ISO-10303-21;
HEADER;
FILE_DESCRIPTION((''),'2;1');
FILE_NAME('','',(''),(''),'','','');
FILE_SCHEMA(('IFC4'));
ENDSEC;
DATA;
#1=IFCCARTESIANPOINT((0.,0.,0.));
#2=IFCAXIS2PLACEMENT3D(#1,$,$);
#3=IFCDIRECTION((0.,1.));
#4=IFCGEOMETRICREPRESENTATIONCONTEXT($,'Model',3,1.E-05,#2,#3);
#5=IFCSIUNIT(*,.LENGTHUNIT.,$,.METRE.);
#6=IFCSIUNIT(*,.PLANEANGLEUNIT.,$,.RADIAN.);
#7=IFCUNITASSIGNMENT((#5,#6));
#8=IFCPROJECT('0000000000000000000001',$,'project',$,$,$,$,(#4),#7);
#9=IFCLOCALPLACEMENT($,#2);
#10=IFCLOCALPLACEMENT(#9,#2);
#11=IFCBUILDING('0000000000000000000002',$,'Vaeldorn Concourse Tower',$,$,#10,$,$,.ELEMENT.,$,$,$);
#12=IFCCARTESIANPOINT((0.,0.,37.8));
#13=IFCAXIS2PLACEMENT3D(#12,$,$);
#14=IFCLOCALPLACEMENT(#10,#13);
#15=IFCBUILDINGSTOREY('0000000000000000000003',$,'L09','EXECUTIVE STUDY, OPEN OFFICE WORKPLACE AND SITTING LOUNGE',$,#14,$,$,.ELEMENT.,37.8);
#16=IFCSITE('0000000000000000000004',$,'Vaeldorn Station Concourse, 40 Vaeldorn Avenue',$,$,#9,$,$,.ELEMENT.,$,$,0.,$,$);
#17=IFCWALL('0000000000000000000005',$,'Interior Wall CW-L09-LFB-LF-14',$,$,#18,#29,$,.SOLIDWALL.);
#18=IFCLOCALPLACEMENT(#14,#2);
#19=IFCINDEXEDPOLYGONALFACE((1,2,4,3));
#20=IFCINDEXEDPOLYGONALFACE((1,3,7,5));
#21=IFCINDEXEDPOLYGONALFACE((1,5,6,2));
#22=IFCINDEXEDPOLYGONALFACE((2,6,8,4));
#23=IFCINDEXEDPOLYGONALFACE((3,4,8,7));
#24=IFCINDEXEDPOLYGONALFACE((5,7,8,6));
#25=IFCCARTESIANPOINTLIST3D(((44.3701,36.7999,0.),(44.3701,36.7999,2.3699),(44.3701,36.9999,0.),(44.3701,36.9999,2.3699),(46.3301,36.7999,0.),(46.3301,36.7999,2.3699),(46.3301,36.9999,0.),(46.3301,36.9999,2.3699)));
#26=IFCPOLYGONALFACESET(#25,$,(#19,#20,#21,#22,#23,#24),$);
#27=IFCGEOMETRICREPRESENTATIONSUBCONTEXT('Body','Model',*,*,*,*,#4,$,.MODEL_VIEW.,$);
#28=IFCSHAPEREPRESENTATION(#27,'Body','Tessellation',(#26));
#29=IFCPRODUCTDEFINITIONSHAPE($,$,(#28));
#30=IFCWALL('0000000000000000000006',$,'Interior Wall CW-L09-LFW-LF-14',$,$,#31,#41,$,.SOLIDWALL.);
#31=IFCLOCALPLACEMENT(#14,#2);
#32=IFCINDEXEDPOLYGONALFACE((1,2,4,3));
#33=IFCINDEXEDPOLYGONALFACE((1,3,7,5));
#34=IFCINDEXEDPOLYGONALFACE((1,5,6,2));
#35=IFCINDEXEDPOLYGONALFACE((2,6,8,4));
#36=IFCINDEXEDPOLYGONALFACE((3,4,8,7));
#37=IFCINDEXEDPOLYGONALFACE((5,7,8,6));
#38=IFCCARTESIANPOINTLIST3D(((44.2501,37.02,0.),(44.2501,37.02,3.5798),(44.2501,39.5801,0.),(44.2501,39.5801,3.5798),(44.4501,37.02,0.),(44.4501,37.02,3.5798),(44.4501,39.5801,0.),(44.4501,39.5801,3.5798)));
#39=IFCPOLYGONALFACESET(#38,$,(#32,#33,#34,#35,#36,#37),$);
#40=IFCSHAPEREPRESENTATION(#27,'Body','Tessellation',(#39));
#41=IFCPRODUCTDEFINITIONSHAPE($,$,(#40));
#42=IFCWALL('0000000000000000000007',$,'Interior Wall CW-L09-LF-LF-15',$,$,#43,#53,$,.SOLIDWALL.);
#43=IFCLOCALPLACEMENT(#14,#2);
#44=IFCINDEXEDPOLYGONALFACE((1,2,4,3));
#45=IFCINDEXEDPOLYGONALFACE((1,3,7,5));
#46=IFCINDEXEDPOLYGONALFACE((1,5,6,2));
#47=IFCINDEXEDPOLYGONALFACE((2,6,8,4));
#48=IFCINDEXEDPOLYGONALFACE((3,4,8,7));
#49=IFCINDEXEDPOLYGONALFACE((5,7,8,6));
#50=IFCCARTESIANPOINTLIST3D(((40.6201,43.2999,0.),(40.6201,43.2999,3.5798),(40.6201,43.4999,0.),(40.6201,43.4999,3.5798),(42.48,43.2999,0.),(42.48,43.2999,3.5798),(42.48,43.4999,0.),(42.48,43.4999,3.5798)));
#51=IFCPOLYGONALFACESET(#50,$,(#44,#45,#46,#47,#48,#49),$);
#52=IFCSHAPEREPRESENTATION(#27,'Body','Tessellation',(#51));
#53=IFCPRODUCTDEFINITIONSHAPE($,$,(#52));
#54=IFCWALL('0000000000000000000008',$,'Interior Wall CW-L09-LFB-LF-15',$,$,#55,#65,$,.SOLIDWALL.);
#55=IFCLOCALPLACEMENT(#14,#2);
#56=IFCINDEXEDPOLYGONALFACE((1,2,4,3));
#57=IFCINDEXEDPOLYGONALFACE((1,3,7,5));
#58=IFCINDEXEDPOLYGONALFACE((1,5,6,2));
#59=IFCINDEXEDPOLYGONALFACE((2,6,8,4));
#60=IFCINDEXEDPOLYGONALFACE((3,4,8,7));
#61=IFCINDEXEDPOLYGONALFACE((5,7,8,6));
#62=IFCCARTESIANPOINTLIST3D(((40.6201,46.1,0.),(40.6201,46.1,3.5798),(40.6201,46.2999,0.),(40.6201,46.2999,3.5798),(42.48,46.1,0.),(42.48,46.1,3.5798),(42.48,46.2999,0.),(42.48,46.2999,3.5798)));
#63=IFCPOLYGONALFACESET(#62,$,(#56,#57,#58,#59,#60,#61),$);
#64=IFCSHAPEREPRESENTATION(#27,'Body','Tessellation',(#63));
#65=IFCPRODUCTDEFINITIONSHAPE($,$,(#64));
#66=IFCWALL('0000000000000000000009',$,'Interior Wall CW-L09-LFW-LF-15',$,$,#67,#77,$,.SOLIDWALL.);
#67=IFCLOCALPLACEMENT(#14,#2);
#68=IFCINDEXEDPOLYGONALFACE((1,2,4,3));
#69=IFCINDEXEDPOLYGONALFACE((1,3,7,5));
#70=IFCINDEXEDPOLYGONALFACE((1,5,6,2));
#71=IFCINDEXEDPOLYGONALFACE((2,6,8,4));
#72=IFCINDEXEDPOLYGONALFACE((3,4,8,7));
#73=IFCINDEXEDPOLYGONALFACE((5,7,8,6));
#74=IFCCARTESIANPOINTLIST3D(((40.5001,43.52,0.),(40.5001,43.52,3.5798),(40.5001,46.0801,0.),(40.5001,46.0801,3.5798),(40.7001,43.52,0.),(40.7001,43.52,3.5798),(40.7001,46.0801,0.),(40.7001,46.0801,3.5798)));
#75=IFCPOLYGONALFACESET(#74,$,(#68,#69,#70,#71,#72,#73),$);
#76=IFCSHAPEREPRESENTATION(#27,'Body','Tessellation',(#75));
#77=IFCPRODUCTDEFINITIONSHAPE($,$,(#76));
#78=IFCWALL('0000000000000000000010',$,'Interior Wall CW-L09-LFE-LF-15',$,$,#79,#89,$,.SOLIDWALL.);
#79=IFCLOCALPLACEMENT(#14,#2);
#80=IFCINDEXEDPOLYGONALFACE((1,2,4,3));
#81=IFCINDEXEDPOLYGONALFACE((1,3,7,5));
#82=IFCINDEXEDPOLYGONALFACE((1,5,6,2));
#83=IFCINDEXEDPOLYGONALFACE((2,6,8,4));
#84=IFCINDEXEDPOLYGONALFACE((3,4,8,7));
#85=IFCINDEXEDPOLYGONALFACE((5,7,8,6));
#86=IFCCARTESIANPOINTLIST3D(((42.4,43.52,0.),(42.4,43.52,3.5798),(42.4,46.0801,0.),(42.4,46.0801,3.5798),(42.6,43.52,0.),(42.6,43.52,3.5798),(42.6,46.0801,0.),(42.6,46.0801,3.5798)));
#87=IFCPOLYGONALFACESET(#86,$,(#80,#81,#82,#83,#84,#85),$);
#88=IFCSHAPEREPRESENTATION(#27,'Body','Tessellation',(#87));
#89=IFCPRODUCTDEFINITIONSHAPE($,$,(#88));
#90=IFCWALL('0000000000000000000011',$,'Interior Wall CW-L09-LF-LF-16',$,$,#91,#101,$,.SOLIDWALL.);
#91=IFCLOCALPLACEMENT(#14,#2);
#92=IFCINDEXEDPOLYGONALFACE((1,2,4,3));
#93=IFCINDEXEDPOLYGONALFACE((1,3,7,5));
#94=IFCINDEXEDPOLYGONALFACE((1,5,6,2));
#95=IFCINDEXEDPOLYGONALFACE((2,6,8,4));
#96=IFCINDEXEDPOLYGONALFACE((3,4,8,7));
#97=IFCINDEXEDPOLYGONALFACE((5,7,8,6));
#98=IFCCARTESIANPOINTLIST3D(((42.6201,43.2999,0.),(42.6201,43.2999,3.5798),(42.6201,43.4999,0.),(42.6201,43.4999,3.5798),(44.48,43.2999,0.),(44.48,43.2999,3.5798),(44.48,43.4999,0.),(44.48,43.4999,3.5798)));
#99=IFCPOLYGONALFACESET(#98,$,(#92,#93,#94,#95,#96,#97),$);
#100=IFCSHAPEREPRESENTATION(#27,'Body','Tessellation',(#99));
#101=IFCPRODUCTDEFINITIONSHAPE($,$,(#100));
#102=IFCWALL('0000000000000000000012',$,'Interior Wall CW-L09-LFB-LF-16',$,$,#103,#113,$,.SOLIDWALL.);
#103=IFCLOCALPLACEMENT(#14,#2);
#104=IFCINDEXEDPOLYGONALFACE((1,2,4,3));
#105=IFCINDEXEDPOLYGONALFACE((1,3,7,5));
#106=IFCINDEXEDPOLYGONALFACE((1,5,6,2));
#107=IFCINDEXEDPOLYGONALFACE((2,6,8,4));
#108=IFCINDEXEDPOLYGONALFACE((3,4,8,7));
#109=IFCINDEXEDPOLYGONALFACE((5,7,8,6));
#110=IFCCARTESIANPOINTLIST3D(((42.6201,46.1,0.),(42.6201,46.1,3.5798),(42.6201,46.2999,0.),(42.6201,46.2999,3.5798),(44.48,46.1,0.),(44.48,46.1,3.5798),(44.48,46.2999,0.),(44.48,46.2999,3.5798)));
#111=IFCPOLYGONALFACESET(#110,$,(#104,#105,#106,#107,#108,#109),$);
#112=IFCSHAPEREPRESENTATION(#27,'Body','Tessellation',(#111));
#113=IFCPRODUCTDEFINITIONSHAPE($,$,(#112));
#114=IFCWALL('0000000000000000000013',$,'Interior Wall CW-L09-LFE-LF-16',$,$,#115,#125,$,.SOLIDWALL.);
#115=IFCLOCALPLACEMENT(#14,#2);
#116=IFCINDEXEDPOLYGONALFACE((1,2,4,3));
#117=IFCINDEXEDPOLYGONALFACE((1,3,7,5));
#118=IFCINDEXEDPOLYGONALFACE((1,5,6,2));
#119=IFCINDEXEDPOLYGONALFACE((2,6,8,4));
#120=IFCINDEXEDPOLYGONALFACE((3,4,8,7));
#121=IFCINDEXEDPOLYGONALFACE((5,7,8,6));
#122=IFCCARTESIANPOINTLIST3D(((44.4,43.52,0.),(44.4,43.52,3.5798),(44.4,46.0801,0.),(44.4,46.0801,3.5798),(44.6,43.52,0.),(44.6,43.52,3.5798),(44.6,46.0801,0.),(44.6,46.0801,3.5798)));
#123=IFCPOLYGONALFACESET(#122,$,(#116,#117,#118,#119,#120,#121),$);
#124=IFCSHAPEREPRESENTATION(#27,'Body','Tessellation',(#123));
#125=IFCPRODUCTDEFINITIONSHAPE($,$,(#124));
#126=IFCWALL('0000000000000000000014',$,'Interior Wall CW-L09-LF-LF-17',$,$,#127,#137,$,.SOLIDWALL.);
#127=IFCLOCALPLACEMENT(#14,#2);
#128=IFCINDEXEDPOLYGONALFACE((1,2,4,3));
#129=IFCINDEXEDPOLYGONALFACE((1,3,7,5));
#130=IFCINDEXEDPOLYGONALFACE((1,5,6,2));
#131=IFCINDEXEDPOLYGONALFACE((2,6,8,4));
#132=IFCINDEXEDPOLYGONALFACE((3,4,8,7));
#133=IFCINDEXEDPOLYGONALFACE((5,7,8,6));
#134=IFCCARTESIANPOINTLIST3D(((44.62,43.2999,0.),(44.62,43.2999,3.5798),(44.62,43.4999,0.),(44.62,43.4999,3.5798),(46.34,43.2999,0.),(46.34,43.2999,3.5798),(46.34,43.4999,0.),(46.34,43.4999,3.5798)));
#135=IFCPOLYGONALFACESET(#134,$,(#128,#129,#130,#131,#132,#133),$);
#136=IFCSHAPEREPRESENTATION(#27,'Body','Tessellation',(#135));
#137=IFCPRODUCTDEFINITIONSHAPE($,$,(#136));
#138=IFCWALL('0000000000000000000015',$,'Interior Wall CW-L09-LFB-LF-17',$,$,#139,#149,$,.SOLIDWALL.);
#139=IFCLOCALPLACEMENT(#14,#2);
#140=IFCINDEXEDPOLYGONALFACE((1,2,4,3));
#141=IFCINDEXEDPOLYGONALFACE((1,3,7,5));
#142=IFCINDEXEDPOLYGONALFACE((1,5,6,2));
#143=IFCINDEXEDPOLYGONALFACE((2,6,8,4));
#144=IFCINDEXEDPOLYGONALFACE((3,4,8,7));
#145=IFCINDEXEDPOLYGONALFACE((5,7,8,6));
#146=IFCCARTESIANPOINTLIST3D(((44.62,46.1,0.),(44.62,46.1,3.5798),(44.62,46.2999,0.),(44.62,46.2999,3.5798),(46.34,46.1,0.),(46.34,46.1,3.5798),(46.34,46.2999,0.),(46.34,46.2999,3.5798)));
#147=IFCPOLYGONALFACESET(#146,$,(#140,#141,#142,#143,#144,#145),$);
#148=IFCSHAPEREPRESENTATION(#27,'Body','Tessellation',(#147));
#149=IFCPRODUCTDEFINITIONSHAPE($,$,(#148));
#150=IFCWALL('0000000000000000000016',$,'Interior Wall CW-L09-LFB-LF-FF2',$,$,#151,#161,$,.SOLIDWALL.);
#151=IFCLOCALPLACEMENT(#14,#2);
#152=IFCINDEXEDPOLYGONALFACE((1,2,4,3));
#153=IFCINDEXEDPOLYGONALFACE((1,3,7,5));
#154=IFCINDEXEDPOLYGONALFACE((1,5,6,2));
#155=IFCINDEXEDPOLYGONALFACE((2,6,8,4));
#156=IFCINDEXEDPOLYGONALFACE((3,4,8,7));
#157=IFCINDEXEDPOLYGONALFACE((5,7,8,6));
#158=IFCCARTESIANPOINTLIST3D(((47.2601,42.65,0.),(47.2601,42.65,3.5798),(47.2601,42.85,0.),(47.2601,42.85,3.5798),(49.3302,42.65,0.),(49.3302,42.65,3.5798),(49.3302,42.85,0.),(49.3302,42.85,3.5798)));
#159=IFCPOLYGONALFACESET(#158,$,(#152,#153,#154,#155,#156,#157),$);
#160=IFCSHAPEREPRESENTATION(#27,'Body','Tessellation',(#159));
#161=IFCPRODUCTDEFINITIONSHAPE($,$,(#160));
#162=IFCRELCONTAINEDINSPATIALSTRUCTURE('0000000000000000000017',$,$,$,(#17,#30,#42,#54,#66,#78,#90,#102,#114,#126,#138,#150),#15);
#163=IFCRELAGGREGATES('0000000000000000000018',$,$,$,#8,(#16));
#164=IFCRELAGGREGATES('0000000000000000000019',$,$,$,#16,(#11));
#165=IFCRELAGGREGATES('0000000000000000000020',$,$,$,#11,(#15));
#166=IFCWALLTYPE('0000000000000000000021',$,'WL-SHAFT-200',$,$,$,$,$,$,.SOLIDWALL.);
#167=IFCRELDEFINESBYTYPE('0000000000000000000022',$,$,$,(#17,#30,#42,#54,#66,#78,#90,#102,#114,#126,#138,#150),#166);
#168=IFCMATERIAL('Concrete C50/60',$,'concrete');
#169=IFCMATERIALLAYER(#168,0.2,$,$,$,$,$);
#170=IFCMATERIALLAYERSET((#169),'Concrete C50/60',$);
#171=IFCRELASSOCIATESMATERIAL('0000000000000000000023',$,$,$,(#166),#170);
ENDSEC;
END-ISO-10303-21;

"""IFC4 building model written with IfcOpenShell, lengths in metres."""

from ifc_helpers import new_model, si_unit, direction, frame, frame_2d, origin, place, context, subcontext, project, spatial, rectangle, extrude, material, layer, layer_set, type_object, element, save


model = new_model("IFC4")

# Units and contexts
model_context = context("Model", 3, precision=1e-05, world=origin(), true_north=direction((0.0, 1.0)))
body_context = subcontext(model_context, "Body", "Model", "MODEL_VIEW")
ifc_project = project(units=[si_unit("LENGTHUNIT", "METRE"), si_unit("PLANEANGLEUNIT", "RADIAN")], contexts=[model_context])

# Site, building, storey
site_placement = place(None, origin())
site = spatial("IfcSite", under=ifc_project, at=site_placement, Name="Vaeldorn Station Concourse, 40 Vaeldorn Avenue", CompositionType="ELEMENT", RefElevation=0.0)
building_placement = place(site_placement, origin())
building = spatial("IfcBuilding", under=site, at=building_placement, Name="Vaeldorn Concourse Tower", CompositionType="ELEMENT")
storey_placement = place(building_placement, frame((0.0, 0.0, 37.8)))
storey = spatial("IfcBuildingStorey", under=building, at=storey_placement, Name="L09", Description="EXECUTIVE STUDY, OPEN OFFICE WORKPLACE AND SITTING LOUNGE", CompositionType="ELEMENT", Elevation=37.8)

# Shared definitions
ifc_material_1 = material(Name="Concrete C50/60", Category="concrete")
ifc_layer_1 = layer(ifc_material_1, 0.2)
ifc_layer_set_1 = layer_set([ifc_layer_1], Name="Concrete C50/60")
wall_type_1 = type_object("IfcWallType", Name="WL-SHAFT-200", PredefinedType="SOLIDWALL", material=ifc_layer_set_1)

# Walls
wall_1_placement = place(storey_placement, frame((44.3701, 36.8999, 0.0), z_axis=(0.0, 0.0, 1.0), x_axis=(1.0, 0.0, 0.0)))
element("IfcWall", 1, at=wall_1_placement, inside=storey, type_object=wall_type_1, Name="Interior Wall CW-L09-LFB-LF-14", PredefinedType="SOLIDWALL", context=body_context, shape_type="SweptSolid", body=[
    extrude(rectangle(XDim=1.96, YDim=0.2, at=frame_2d((0.98, 0.0))), origin(), (0.0, 0.0, 1.0), 2.3699),
])
wall_2_placement = place(storey_placement, frame((44.3501, 37.02, 0.0), z_axis=(0.0, 0.0, 1.0), x_axis=(0.0, 1.0, 0.0)))
element("IfcWall", 2, at=wall_2_placement, inside=storey, type_object=wall_type_1, Name="Interior Wall CW-L09-LFW-LF-14", PredefinedType="SOLIDWALL", context=body_context, shape_type="SweptSolid", body=[
    extrude(rectangle(XDim=2.5601, YDim=0.2, at=frame_2d((1.28, 0.0))), origin(), (0.0, 0.0, 1.0), 3.5798),
])
for number, where, z_axis, x_axis, name in (
    (3, (40.6201, 43.3999, 0.0), (0.0, 0.0, 1.0), (1.0, 0.0, 0.0), "Interior Wall CW-L09-LF-LF-15"),
    (4, (40.6201, 46.2, 0.0), (0.0, 0.0, 1.0), (1.0, 0.0, 0.0), "Interior Wall CW-L09-LFB-LF-15"),
):
    element("IfcWall", number, at=place(storey_placement, frame(where, z_axis=z_axis, x_axis=x_axis)), inside=storey, type_object=wall_type_1, Name=name, PredefinedType="SOLIDWALL", context=body_context, shape_type="SweptSolid", body=[
        extrude(rectangle(XDim=1.8599, YDim=0.2, at=frame_2d((0.9299, 0.0))), origin(), (0.0, 0.0, 1.0), 3.5798),
    ])
for number, where, z_axis, x_axis, name in (
    (5, (40.6001, 43.52, 0.0), (0.0, 0.0, 1.0), (0.0, 1.0, 0.0), "Interior Wall CW-L09-LFW-LF-15"),
    (6, (42.5, 43.52, 0.0), (0.0, 0.0, 1.0), (0.0, 1.0, 0.0), "Interior Wall CW-L09-LFE-LF-15"),
):
    element("IfcWall", number, at=place(storey_placement, frame(where, z_axis=z_axis, x_axis=x_axis)), inside=storey, type_object=wall_type_1, Name=name, PredefinedType="SOLIDWALL", context=body_context, shape_type="SweptSolid", body=[
        extrude(rectangle(XDim=2.5601, YDim=0.2, at=frame_2d((1.28, 0.0))), origin(), (0.0, 0.0, 1.0), 3.5798),
    ])
for number, where, z_axis, x_axis, name in (
    (7, (42.6201, 43.3999, 0.0), (0.0, 0.0, 1.0), (1.0, 0.0, 0.0), "Interior Wall CW-L09-LF-LF-16"),
    (8, (42.6201, 46.2, 0.0), (0.0, 0.0, 1.0), (1.0, 0.0, 0.0), "Interior Wall CW-L09-LFB-LF-16"),
):
    element("IfcWall", number, at=place(storey_placement, frame(where, z_axis=z_axis, x_axis=x_axis)), inside=storey, type_object=wall_type_1, Name=name, PredefinedType="SOLIDWALL", context=body_context, shape_type="SweptSolid", body=[
        extrude(rectangle(XDim=1.8599, YDim=0.2, at=frame_2d((0.9299, 0.0))), origin(), (0.0, 0.0, 1.0), 3.5798),
    ])
wall_3_placement = place(storey_placement, frame((44.5, 43.52, 0.0), z_axis=(0.0, 0.0, 1.0), x_axis=(0.0, 1.0, 0.0)))
element("IfcWall", 9, at=wall_3_placement, inside=storey, type_object=wall_type_1, Name="Interior Wall CW-L09-LFE-LF-16", PredefinedType="SOLIDWALL", context=body_context, shape_type="SweptSolid", body=[
    extrude(rectangle(XDim=2.5601, YDim=0.2, at=frame_2d((1.28, 0.0))), origin(), (0.0, 0.0, 1.0), 3.5798),
])
for number, where, z_axis, x_axis, name in (
    (10, (44.6201, 43.3999, 0.0), (0.0, 0.0, 1.0), (1.0, 0.0, 0.0), "Interior Wall CW-L09-LF-LF-17"),
    (11, (44.6201, 46.2, 0.0), (0.0, 0.0, 1.0), (1.0, 0.0, 0.0), "Interior Wall CW-L09-LFB-LF-17"),
):
    element("IfcWall", number, at=place(storey_placement, frame(where, z_axis=z_axis, x_axis=x_axis)), inside=storey, type_object=wall_type_1, Name=name, PredefinedType="SOLIDWALL", context=body_context, shape_type="SweptSolid", body=[
        extrude(rectangle(XDim=1.72, YDim=0.2, at=frame_2d((0.8599, 0.0))), origin(), (0.0, 0.0, 1.0), 3.5798),
    ])

# Wall
wall_4_placement = place(storey_placement, frame((47.26, 42.75, 0.0), z_axis=(0.0, 0.0, 1.0), x_axis=(1.0, 0.0, 0.0)))
element("IfcWall", 12, at=wall_4_placement, inside=storey, type_object=wall_type_1, Name="Interior Wall CW-L09-LFB-LF-FF2", PredefinedType="SOLIDWALL", context=body_context, shape_type="SweptSolid", body=[
    extrude(rectangle(XDim=2.0701, YDim=0.2, at=frame_2d((1.0352, 0.0))), origin(), (0.0, 0.0, 1.0), 3.5798),
])

save(model, "model.ifc")
